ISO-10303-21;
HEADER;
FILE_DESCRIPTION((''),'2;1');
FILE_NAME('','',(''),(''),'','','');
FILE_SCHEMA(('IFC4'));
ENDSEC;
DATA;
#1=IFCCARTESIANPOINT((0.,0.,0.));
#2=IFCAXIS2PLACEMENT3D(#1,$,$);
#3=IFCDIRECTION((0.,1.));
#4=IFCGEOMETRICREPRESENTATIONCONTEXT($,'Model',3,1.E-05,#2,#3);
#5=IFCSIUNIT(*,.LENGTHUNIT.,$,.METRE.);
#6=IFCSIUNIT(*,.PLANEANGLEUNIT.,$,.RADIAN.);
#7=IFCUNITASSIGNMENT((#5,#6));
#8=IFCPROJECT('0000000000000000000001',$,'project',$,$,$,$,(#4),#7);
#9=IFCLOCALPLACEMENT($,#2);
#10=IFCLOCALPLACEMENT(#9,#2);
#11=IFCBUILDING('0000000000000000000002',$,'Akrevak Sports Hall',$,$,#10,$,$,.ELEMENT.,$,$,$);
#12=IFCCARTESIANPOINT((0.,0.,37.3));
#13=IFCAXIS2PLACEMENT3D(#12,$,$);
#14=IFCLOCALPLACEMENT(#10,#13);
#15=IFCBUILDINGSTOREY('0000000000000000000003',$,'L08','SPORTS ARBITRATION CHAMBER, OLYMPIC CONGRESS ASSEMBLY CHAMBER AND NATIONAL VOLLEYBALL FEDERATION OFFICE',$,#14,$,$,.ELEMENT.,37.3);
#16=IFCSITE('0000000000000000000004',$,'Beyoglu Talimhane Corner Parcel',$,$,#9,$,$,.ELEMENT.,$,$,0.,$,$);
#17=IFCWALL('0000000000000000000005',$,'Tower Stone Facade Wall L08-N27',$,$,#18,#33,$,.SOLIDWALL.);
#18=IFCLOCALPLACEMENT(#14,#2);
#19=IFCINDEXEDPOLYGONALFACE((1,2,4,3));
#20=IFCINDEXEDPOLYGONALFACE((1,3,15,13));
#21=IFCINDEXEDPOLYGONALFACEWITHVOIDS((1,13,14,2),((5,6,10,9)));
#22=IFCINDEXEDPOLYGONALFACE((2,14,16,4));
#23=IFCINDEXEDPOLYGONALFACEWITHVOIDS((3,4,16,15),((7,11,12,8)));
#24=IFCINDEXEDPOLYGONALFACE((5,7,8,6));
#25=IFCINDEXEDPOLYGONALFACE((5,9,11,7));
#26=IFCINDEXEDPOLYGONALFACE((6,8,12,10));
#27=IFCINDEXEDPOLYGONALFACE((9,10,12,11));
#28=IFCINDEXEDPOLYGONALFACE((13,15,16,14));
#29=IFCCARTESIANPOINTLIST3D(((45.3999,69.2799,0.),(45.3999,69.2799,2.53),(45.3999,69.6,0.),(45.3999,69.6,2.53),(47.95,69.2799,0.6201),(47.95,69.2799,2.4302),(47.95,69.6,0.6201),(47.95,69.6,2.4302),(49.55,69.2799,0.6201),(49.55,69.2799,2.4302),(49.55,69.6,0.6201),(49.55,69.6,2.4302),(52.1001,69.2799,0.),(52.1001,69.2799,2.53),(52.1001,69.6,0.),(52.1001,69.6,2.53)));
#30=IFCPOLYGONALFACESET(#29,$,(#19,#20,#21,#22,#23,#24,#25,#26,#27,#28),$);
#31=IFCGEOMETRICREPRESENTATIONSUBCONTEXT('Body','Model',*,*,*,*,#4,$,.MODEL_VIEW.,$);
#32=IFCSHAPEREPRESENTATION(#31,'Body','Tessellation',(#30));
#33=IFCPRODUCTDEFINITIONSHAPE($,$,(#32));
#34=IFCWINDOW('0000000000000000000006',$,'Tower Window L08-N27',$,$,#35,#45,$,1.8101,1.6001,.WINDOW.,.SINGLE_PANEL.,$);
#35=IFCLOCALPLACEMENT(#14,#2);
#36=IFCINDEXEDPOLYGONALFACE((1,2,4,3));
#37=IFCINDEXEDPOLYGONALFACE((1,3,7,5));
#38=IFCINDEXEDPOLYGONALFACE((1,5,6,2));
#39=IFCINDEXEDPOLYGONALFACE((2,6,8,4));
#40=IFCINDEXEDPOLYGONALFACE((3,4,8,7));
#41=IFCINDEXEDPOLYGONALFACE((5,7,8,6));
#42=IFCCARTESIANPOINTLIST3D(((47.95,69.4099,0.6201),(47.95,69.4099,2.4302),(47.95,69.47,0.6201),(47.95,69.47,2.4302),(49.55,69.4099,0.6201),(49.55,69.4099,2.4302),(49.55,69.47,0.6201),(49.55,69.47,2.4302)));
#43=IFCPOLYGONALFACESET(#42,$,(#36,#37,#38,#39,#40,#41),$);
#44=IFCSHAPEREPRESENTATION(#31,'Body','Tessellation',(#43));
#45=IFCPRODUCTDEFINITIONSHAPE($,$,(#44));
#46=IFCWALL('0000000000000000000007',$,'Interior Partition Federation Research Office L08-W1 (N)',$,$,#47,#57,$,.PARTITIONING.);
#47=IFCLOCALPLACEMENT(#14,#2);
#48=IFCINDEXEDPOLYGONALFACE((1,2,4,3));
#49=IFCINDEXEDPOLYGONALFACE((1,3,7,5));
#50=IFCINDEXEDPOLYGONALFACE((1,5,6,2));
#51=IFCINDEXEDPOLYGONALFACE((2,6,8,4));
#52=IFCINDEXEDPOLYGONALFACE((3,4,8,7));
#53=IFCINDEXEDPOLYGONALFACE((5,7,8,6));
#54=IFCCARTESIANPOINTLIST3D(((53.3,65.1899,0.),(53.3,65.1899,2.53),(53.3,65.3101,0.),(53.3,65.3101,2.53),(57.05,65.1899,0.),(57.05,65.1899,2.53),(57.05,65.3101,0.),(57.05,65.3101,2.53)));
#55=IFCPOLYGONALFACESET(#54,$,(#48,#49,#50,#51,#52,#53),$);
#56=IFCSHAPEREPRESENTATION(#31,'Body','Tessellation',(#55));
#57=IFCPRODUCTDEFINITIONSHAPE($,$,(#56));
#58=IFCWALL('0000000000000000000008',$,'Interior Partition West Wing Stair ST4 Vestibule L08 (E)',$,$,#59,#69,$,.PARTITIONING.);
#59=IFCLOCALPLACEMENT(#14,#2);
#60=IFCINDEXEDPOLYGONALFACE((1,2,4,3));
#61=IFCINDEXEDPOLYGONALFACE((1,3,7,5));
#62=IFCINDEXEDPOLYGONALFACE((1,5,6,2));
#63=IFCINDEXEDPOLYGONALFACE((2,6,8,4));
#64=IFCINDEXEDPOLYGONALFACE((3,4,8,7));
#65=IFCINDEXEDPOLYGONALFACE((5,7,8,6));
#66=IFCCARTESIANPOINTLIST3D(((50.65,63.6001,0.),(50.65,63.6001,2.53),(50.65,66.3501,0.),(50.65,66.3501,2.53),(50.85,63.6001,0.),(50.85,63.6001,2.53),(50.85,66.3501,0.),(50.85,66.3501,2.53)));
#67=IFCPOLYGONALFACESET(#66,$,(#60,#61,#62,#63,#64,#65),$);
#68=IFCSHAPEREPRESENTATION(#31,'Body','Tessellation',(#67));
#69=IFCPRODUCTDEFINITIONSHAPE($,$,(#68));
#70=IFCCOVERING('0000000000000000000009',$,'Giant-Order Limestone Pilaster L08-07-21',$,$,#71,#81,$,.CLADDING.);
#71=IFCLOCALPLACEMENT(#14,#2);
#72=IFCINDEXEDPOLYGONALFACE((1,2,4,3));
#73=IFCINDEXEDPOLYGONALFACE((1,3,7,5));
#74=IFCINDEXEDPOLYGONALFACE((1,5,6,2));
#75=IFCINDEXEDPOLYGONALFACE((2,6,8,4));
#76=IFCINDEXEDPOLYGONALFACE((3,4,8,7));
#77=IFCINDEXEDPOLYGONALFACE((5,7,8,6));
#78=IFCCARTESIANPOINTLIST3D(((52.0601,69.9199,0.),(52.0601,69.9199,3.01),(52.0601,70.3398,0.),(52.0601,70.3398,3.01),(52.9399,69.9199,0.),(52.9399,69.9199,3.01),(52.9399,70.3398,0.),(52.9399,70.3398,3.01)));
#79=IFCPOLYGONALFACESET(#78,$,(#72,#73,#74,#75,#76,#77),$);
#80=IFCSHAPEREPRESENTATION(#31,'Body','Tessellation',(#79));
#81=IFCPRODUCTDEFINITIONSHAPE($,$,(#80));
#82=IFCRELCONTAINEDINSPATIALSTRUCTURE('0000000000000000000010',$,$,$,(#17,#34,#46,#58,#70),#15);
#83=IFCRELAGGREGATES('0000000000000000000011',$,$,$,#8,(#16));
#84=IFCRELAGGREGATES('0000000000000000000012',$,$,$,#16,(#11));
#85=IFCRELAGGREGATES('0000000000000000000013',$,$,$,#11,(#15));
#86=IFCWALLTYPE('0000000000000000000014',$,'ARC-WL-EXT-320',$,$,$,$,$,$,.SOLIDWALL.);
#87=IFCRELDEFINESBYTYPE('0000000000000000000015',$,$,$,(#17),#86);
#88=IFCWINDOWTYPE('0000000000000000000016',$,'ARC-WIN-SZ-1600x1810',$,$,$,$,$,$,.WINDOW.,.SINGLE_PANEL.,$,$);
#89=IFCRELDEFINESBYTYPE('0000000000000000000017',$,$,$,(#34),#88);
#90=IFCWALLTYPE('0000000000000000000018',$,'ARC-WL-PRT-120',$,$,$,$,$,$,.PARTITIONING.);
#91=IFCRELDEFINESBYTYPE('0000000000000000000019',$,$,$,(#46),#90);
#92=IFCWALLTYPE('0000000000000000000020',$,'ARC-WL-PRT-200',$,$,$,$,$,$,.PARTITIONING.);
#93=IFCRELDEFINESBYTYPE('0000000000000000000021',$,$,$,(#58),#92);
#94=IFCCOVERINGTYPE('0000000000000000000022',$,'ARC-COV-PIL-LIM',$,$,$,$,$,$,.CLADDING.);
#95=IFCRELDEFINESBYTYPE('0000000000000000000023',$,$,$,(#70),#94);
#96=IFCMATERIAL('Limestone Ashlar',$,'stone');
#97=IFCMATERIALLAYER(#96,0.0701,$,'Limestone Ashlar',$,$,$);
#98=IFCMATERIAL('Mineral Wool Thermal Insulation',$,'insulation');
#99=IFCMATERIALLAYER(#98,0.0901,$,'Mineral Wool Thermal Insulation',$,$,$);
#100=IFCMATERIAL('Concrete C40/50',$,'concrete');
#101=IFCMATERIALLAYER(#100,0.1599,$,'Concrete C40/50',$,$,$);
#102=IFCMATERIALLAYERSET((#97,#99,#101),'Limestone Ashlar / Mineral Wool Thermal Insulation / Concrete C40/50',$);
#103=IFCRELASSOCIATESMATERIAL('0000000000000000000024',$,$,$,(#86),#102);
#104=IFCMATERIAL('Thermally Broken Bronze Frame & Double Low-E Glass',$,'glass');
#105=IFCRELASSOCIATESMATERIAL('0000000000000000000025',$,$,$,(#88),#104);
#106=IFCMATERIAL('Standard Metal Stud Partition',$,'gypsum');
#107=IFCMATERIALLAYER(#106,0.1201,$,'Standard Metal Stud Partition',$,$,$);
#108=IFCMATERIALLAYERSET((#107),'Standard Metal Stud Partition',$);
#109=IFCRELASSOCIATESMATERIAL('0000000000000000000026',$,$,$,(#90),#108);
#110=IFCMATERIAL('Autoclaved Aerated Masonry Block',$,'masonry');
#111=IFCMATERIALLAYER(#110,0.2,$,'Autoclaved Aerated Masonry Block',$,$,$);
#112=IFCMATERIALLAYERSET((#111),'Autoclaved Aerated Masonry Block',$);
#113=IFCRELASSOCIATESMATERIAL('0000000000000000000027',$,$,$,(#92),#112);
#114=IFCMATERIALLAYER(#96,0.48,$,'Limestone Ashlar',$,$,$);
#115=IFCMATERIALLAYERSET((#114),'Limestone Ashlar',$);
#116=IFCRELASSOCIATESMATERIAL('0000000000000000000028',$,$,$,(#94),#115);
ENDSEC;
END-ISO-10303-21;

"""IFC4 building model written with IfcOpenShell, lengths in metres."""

from ifc_helpers import new_model, si_unit, direction, frame, frame_2d, origin, origin_2d, place, context, subcontext, project, spatial, rectangle, extrude, material, layer, layer_set, type_object, element, fill, save


model = new_model("IFC4")

# Units and contexts
model_context = context("Model", 3, precision=1e-05, world=origin(), true_north=direction((0.0, 1.0)))
body_context = subcontext(model_context, "Body", "Model", "MODEL_VIEW")
ifc_project = project(units=[si_unit("LENGTHUNIT", "METRE"), si_unit("PLANEANGLEUNIT", "RADIAN")], contexts=[model_context])

# Site, building, storey
site_placement = place(None, origin())
site = spatial("IfcSite", under=ifc_project, at=site_placement, Name="Beyoglu Talimhane Corner Parcel", CompositionType="ELEMENT", RefElevation=0.0)
building_placement = place(site_placement, origin())
building = spatial("IfcBuilding", under=site, at=building_placement, Name="Akrevak Sports Hall", CompositionType="ELEMENT")
storey_placement = place(building_placement, frame((0.0, 0.0, 37.3)))
storey = spatial("IfcBuildingStorey", under=building, at=storey_placement, Name="L08", Description="SPORTS ARBITRATION CHAMBER, OLYMPIC CONGRESS ASSEMBLY CHAMBER AND NATIONAL VOLLEYBALL FEDERATION OFFICE", CompositionType="ELEMENT", Elevation=37.3)

# Shared definitions
ifc_material_1 = material(Name="Concrete C40/50", Category="concrete")

# Wall, opening, window
ifc_material_2 = material(Name="Limestone Ashlar", Category="stone")
ifc_layer_1 = layer(ifc_material_2, 0.0701, Name="Limestone Ashlar")
ifc_material_3 = material(Name="Mineral Wool Thermal Insulation", Category="insulation")
ifc_layer_2 = layer(ifc_material_3, 0.0901, Name="Mineral Wool Thermal Insulation")
ifc_layer_3 = layer(ifc_material_1, 0.1599, Name="Concrete C40/50")
ifc_layer_set_1 = layer_set([ifc_layer_1, ifc_layer_2, ifc_layer_3], Name="Limestone Ashlar / Mineral Wool Thermal Insulation / Concrete C40/50")
wall_type_1 = type_object("IfcWallType", Name="ARC-WL-EXT-320", PredefinedType="SOLIDWALL", material=ifc_layer_set_1)
ifc_material_4 = material(Name="Thermally Broken Bronze Frame & Double Low-E Glass", Category="glass")
wall_1_placement = place(storey_placement, frame((52.1001, 69.4399, 0.0), z_axis=(0.0, 0.0, 1.0), x_axis=(-1.0, 0.0, 0.0)))
wall_1 = element("IfcWall", 1, at=wall_1_placement, inside=storey, type_object=wall_type_1, Name="Tower Stone Facade Wall L08-N27", PredefinedType="SOLIDWALL", context=body_context, shape_type="SweptSolid", body=[
    extrude(rectangle(XDim=6.7002, YDim=0.3201, at=frame_2d((3.3501, 0.0))), origin(), (0.0, 0.0, 1.0), 2.53),
])
opening_1_placement = place(wall_1_placement, frame((2.55, 0.0, 0.6201)))
opening_1 = element("IfcOpeningElement", 2, at=opening_1_placement, cuts=wall_1, PredefinedType="OPENING", context=body_context, shape_type="SweptSolid", body=[
    extrude(rectangle(XDim=1.6001, YDim=1.8101, at=frame_2d((0.8, 0.905))), frame((0.0, 0.1719, 0.0), z_axis=(0.0, -1.0, 0.0), x_axis=(1.0, 0.0, 0.0)), (0.0, 0.0, 1.0), 0.344),
])
window_type_1 = type_object("IfcWindowType", Name="ARC-WIN-SZ-1600x1810", PartitioningType="SINGLE_PANEL", PredefinedType="WINDOW", material=ifc_material_4)
window_1_placement = place(opening_1_placement, origin())
window_1 = element("IfcWindow", 3, at=window_1_placement, inside=storey, type_object=window_type_1, Name="Tower Window L08-N27", OverallHeight=1.8101, OverallWidth=1.6001, PartitioningType="SINGLE_PANEL", PredefinedType="WINDOW", context=body_context, shape_type="SweptSolid", body=[
    extrude(rectangle(XDim=1.6001, YDim=1.8101, at=frame_2d((0.8, 0.905))), frame((0.0, 0.03, 0.0), z_axis=(0.0, -1.0, 0.0), x_axis=(1.0, 0.0, 0.0)), (0.0, 0.0, 1.0), 0.0601),
])
fill(opening_1, window_1)

# Wall
ifc_material_5 = material(Name="Standard Metal Stud Partition", Category="gypsum")
ifc_layer_4 = layer(ifc_material_5, 0.1201, Name="Standard Metal Stud Partition")
ifc_layer_set_2 = layer_set([ifc_layer_4], Name="Standard Metal Stud Partition")
wall_type_2 = type_object("IfcWallType", Name="ARC-WL-PRT-120", PredefinedType="PARTITIONING", material=ifc_layer_set_2)
wall_2_placement = place(storey_placement, frame((53.3, 65.25, 0.0), z_axis=(0.0, 0.0, 1.0), x_axis=(1.0, 0.0, 0.0)))
element("IfcWall", 4, at=wall_2_placement, inside=storey, type_object=wall_type_2, Name="Interior Partition Federation Research Office L08-W1 (N)", PredefinedType="PARTITIONING", context=body_context, shape_type="SweptSolid", body=[
    extrude(rectangle(XDim=3.75, YDim=0.1201, at=frame_2d((1.875, 0.0))), origin(), (0.0, 0.0, 1.0), 2.53),
])

# Wall
ifc_material_6 = material(Name="Autoclaved Aerated Masonry Block", Category="masonry")
ifc_layer_5 = layer(ifc_material_6, 0.2, Name="Autoclaved Aerated Masonry Block")
ifc_layer_set_3 = layer_set([ifc_layer_5], Name="Autoclaved Aerated Masonry Block")
wall_type_3 = type_object("IfcWallType", Name="ARC-WL-PRT-200", PredefinedType="PARTITIONING", material=ifc_layer_set_3)
wall_3_placement = place(storey_placement, frame((50.75, 63.6001, 0.0), z_axis=(0.0, 0.0, 1.0), x_axis=(0.0, 1.0, 0.0)))
element("IfcWall", 5, at=wall_3_placement, inside=storey, type_object=wall_type_3, Name="Interior Partition West Wing Stair ST4 Vestibule L08 (E)", PredefinedType="PARTITIONING", context=body_context, shape_type="SweptSolid", body=[
    extrude(rectangle(XDim=2.75, YDim=0.2, at=frame_2d((1.375, 0.0))), origin(), (0.0, 0.0, 1.0), 2.53),
])

# Covering
ifc_layer_6 = layer(ifc_material_2, 0.48, Name="Limestone Ashlar")
ifc_layer_set_4 = layer_set([ifc_layer_6], Name="Limestone Ashlar")
covering_type = type_object("IfcCoveringType", Name="ARC-COV-PIL-LIM", PredefinedType="CLADDING", material=ifc_layer_set_4)
covering_placement = place(storey_placement, frame((52.5, 70.1299, 0.0), z_axis=(0.0, 0.0, 1.0), x_axis=(-1.0, 0.0, 0.0)))
element("IfcCovering", 6, at=covering_placement, inside=storey, type_object=covering_type, Name="Giant-Order Limestone Pilaster L08-07-21", PredefinedType="CLADDING", context=body_context, shape_type="SweptSolid", body=[
    extrude(rectangle(XDim=0.8799, YDim=0.4199, at=origin_2d()), origin(), (0.0, 0.0, 1.0), 3.01),
])

save(model, "model.ifc")
